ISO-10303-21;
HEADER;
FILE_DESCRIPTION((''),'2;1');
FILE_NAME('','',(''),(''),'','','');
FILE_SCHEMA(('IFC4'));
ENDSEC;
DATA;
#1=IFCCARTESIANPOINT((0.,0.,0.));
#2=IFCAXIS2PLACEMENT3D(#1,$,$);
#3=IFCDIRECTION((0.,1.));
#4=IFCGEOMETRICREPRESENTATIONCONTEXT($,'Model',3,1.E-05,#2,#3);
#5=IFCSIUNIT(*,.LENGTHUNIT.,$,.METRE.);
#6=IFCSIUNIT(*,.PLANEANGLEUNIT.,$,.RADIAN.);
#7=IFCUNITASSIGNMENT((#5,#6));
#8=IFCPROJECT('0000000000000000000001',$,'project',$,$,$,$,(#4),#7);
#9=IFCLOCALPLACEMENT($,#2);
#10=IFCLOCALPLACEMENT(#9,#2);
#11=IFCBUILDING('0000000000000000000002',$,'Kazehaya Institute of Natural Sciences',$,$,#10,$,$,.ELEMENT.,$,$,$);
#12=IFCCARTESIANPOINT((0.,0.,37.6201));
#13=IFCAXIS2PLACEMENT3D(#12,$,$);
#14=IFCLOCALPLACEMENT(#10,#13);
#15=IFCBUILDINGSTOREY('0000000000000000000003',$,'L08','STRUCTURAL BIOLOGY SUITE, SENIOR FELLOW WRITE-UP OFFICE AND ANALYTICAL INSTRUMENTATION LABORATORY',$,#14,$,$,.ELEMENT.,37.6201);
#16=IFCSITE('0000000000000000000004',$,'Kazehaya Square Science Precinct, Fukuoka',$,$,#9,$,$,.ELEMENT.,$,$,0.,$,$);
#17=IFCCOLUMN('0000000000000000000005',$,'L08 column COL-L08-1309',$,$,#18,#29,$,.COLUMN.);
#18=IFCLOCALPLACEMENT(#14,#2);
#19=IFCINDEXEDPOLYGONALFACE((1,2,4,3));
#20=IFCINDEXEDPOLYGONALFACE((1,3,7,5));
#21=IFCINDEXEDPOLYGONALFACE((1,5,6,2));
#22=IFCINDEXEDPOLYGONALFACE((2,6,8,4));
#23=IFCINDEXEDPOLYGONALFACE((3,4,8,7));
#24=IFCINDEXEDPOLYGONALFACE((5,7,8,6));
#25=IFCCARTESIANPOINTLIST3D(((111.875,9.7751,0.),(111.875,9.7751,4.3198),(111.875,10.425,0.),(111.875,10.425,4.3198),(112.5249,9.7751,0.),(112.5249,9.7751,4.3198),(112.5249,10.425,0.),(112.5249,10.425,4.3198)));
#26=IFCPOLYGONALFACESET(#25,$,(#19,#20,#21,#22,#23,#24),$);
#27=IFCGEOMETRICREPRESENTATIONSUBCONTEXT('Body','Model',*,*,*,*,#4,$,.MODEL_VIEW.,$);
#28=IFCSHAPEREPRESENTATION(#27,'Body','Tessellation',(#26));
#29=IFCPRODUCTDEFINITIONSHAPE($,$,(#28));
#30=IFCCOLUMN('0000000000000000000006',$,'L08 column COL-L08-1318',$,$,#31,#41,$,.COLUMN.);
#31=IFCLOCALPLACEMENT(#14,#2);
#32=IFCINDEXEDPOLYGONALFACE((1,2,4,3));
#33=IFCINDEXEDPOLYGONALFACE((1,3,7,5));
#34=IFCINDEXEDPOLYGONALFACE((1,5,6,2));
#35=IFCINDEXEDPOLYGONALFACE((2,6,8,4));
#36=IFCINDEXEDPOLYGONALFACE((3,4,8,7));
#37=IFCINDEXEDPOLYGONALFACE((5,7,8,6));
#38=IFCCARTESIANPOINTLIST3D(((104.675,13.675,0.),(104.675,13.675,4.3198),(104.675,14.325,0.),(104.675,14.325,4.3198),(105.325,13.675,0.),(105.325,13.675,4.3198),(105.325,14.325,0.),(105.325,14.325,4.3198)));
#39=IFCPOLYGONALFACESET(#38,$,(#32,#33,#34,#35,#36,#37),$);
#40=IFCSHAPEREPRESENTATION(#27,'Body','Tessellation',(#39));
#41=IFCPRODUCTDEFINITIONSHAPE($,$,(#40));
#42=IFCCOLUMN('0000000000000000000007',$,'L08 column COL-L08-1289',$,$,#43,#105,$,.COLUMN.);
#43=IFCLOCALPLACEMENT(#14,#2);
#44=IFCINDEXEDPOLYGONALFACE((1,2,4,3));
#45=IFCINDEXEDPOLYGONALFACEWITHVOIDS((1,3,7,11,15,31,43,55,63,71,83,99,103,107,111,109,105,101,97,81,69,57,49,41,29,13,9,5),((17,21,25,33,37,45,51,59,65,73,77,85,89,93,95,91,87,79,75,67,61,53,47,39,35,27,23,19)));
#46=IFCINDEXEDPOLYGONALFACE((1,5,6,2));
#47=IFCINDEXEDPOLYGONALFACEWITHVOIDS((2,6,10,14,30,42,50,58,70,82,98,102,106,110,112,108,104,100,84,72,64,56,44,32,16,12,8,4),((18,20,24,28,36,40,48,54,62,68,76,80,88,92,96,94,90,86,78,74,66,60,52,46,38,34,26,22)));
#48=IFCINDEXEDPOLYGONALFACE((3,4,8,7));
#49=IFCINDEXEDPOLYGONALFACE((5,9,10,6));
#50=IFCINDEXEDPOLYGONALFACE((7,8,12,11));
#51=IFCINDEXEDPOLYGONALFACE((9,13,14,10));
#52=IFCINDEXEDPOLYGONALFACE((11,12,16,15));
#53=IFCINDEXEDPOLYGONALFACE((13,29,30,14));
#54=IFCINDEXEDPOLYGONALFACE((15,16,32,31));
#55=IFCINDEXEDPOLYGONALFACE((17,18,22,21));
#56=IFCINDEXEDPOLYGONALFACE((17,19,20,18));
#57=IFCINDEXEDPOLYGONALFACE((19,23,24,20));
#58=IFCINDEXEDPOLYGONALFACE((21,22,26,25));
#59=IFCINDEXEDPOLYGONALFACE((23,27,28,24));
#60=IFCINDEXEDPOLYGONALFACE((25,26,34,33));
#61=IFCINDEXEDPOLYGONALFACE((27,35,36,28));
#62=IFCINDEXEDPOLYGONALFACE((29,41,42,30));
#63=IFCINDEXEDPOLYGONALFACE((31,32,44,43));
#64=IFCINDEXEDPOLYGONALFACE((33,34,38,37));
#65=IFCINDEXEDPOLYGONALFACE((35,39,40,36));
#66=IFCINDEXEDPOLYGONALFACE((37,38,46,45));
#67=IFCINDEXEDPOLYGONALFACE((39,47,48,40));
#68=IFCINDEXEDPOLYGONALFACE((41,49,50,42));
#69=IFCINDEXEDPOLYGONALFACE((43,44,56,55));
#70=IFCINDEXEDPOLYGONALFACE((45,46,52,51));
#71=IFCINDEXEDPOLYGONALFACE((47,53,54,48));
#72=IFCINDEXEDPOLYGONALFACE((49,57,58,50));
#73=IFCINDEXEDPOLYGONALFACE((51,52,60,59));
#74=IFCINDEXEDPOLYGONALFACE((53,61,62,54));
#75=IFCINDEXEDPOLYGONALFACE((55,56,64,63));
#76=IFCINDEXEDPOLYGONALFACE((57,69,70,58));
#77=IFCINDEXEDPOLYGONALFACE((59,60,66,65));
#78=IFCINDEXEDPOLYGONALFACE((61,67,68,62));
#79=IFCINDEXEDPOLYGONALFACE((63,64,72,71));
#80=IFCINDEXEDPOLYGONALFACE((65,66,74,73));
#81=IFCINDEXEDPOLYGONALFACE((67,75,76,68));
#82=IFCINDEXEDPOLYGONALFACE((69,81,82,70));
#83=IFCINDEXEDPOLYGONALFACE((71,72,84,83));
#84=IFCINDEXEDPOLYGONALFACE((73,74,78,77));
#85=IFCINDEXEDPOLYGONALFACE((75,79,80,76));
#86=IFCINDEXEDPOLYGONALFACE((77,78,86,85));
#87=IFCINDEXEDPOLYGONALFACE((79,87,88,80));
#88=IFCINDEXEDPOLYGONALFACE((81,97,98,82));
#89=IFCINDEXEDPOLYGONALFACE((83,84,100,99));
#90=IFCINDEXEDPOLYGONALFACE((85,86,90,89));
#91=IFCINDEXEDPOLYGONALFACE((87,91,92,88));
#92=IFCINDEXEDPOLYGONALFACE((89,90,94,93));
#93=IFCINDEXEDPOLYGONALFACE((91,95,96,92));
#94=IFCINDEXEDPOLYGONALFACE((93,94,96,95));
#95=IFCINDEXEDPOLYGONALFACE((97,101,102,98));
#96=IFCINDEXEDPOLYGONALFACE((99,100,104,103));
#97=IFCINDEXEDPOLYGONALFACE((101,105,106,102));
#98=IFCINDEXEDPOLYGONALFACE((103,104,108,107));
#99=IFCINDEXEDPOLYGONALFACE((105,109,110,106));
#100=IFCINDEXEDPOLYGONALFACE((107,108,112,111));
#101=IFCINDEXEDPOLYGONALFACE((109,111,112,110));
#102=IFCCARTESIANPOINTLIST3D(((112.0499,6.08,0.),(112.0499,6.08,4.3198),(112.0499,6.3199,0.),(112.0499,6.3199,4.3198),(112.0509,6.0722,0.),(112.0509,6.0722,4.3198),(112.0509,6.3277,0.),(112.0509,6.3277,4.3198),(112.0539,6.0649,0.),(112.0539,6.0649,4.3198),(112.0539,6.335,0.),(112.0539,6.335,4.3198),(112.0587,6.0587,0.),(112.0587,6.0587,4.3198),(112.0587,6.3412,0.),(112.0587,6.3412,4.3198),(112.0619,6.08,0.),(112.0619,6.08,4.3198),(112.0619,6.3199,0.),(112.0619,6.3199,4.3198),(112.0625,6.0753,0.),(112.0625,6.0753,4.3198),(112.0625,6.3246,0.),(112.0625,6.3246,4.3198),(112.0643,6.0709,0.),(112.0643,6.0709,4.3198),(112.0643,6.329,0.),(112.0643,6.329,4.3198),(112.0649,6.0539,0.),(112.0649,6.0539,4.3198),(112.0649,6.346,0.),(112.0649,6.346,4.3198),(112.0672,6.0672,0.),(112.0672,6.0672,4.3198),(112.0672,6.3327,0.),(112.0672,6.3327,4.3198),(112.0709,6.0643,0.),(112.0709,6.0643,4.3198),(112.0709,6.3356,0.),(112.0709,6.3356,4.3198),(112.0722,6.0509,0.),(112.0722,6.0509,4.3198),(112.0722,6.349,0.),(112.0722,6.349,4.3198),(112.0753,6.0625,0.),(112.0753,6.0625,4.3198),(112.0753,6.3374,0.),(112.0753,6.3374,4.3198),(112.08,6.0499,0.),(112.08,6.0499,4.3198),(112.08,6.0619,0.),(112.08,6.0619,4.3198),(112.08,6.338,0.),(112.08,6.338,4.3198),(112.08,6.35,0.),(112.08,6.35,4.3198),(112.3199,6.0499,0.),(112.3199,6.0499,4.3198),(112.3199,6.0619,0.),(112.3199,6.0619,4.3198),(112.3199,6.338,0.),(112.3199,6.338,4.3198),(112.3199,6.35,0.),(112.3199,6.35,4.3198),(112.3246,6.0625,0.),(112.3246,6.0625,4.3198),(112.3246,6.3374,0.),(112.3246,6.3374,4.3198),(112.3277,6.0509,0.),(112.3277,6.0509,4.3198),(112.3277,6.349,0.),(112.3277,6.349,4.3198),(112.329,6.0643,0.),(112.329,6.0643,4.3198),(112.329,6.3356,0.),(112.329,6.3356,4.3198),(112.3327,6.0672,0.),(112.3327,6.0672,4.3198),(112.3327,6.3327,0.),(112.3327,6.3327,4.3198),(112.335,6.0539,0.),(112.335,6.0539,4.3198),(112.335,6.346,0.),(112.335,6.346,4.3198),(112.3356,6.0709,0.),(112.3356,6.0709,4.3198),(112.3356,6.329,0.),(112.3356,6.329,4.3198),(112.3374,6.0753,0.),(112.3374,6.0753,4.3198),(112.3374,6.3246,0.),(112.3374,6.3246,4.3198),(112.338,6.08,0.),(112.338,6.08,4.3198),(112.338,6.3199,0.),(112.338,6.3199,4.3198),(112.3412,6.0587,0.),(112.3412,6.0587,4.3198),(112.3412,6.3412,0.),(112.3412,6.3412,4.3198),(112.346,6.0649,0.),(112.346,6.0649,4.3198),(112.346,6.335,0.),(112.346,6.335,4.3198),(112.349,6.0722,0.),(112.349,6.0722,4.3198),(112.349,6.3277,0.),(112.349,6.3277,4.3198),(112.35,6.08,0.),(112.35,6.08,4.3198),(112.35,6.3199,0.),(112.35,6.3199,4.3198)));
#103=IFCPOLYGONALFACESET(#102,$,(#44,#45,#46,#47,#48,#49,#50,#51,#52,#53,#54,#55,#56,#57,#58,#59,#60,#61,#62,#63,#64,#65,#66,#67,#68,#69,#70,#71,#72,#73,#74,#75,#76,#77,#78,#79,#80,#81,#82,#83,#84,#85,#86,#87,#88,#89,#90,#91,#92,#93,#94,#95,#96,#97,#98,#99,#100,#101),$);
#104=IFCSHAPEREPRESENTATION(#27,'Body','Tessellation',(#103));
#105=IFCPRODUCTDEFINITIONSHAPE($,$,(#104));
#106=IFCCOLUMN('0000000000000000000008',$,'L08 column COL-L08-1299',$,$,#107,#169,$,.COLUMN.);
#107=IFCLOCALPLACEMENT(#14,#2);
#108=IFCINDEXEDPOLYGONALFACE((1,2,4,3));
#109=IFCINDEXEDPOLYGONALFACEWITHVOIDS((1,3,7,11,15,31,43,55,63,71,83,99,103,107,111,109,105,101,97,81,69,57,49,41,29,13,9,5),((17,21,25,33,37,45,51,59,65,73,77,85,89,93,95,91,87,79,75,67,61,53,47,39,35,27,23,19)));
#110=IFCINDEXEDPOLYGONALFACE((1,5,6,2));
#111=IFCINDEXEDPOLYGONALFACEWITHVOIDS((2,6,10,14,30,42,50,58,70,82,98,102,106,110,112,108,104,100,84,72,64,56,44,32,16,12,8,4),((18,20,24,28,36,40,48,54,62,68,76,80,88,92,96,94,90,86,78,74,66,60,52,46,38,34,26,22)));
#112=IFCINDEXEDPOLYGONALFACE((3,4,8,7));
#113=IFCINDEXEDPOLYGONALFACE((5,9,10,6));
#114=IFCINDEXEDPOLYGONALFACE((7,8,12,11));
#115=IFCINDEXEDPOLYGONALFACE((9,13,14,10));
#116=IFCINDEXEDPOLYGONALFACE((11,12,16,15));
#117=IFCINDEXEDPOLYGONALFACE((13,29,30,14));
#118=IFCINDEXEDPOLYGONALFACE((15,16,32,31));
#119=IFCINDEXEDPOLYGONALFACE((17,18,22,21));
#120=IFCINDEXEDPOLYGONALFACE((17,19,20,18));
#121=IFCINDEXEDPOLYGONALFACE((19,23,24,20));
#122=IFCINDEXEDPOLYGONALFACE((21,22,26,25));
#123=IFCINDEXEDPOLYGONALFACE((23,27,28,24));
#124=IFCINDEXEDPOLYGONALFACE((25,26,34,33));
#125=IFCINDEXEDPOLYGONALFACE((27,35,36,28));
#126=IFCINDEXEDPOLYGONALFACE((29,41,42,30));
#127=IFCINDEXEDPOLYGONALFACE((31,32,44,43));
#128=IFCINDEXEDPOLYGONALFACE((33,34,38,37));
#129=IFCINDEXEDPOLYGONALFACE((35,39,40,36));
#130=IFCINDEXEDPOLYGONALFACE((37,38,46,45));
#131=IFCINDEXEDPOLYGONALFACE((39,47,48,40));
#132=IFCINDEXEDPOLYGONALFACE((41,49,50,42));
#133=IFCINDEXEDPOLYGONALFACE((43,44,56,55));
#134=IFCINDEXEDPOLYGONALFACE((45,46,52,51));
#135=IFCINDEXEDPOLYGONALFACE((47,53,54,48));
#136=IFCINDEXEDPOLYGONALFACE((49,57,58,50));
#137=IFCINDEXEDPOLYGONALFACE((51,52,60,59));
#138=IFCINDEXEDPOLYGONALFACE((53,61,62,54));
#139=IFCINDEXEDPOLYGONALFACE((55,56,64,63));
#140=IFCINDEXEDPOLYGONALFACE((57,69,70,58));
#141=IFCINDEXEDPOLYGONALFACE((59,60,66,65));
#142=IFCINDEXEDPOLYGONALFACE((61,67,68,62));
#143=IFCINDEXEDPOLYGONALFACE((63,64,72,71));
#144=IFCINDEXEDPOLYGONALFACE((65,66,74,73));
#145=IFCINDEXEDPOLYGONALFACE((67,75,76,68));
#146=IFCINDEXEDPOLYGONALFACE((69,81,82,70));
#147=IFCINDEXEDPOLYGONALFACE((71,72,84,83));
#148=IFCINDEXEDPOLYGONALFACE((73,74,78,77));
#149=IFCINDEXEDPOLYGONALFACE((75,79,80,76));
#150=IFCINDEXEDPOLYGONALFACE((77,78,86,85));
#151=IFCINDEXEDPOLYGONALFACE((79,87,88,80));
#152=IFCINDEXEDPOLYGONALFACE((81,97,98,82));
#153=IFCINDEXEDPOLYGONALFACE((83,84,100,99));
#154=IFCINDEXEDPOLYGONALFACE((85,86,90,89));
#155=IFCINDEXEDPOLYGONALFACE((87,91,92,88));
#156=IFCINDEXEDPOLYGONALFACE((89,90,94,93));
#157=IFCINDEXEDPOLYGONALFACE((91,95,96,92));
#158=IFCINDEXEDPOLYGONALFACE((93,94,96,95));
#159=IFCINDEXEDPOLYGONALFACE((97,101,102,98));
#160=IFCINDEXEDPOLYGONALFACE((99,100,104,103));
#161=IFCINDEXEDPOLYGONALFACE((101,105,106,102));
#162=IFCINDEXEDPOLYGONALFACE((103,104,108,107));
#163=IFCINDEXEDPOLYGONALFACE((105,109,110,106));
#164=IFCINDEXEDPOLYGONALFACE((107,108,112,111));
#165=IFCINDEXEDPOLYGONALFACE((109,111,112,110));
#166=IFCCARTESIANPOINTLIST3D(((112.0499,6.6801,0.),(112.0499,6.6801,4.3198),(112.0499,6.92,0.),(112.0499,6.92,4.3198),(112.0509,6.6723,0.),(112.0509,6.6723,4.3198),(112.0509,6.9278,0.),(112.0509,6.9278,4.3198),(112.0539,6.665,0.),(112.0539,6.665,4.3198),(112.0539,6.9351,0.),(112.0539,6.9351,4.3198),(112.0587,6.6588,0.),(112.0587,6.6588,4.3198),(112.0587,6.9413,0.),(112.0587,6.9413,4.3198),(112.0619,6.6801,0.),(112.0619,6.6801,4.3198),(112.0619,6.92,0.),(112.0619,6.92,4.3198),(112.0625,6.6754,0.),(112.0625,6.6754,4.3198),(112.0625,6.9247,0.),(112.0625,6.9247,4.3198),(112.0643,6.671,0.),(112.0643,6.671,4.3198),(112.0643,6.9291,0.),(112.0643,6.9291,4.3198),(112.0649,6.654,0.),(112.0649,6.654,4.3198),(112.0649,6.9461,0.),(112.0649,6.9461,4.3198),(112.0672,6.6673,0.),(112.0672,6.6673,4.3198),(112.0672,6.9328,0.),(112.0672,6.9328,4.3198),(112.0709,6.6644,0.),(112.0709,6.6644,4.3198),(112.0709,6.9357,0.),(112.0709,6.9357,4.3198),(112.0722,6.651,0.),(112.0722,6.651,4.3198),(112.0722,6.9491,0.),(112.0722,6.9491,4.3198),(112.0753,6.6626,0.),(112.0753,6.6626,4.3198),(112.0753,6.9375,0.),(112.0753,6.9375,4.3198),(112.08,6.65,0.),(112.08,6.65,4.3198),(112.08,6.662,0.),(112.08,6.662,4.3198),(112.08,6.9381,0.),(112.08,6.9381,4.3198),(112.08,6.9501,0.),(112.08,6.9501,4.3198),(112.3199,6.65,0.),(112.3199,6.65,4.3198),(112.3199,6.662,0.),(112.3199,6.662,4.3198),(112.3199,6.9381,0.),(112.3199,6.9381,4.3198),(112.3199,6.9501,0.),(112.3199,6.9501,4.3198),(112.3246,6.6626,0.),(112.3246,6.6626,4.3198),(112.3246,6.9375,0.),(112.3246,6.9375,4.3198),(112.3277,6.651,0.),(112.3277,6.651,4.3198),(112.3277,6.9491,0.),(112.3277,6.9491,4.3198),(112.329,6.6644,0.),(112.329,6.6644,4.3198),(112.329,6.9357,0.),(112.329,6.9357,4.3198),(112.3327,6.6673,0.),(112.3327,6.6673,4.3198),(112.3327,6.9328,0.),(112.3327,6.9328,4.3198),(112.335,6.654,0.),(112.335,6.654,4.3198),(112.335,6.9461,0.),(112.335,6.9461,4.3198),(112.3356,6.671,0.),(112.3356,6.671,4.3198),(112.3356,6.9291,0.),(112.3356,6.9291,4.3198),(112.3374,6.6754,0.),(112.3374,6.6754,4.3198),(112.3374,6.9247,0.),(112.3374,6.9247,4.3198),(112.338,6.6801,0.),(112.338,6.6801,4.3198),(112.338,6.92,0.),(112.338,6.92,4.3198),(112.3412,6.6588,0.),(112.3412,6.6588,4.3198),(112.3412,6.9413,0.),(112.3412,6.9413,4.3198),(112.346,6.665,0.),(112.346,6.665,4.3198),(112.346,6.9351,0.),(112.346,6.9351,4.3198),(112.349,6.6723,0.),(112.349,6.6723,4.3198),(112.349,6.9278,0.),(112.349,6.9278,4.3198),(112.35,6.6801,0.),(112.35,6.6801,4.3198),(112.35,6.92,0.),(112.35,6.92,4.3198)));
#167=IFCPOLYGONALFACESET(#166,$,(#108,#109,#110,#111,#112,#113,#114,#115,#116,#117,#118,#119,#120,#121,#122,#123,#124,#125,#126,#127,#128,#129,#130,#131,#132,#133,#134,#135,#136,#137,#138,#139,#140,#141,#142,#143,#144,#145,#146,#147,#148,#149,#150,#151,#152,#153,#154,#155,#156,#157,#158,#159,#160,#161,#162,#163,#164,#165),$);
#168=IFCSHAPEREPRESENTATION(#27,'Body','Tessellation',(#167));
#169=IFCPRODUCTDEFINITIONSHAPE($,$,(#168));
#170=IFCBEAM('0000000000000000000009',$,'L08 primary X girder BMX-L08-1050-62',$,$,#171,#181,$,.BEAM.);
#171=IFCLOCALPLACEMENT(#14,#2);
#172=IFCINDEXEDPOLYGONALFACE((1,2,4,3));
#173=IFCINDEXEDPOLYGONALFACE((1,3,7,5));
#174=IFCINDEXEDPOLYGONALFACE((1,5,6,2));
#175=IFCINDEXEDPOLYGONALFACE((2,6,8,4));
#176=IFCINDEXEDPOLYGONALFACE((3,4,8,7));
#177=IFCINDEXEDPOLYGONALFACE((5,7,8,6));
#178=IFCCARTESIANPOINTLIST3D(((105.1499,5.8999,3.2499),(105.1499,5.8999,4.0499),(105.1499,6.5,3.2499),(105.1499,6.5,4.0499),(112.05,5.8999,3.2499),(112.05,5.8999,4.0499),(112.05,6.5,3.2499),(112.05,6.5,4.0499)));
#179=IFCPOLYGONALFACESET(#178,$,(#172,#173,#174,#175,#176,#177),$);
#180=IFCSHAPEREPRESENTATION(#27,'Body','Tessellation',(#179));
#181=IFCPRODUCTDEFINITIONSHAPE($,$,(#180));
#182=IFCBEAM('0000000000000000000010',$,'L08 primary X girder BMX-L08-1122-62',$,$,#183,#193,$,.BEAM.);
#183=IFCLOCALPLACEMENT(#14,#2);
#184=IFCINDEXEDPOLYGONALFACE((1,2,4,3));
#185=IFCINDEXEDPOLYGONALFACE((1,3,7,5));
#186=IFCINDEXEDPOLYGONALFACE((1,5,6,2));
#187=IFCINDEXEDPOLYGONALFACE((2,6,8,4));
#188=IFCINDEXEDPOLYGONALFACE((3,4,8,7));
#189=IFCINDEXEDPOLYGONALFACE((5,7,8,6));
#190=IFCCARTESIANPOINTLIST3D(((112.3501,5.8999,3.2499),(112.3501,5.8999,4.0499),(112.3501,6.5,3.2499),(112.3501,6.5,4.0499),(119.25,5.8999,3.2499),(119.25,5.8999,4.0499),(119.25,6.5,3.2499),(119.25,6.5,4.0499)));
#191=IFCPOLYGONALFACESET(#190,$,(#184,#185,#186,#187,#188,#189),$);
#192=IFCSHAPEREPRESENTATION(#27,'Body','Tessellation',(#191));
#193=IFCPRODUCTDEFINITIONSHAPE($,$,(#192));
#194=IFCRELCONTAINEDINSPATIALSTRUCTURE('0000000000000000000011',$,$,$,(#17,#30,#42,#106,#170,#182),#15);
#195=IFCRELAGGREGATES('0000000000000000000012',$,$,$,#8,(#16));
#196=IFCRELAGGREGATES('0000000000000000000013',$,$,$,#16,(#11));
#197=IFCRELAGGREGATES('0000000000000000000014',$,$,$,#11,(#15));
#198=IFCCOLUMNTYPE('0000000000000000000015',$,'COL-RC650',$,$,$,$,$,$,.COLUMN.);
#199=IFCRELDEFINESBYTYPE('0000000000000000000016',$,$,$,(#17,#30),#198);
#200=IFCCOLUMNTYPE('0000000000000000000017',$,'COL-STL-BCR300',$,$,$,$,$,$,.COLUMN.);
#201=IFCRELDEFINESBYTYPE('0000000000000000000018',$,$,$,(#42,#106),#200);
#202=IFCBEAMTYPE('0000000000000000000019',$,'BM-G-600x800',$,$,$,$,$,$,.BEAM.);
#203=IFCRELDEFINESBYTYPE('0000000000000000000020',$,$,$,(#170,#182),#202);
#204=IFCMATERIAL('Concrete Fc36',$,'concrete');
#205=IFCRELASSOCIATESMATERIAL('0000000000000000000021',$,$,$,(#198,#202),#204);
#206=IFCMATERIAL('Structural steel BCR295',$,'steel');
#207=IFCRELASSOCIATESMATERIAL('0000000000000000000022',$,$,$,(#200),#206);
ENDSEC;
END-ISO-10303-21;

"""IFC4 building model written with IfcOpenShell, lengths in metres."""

from ifc_helpers import new_model, si_unit, direction, frame, origin, origin_2d, place, context, subcontext, project, spatial, rectangle, hollow_rectangle, extrude, material, material_profile, profile_set, type_object, element, save


model = new_model("IFC4")

# Units and contexts
model_context = context("Model", 3, precision=1e-05, world=origin(), true_north=direction((0.0, 1.0)))
body_context = subcontext(model_context, "Body", "Model", "MODEL_VIEW")
ifc_project = project(units=[si_unit("LENGTHUNIT", "METRE"), si_unit("PLANEANGLEUNIT", "RADIAN")], contexts=[model_context])

# Site, building, storey
site_placement = place(None, origin())
site = spatial("IfcSite", under=ifc_project, at=site_placement, Name="Kazehaya Square Science Precinct, Fukuoka", CompositionType="ELEMENT", RefElevation=0.0)
building_placement = place(site_placement, origin())
building = spatial("IfcBuilding", under=site, at=building_placement, Name="Kazehaya Institute of Natural Sciences", CompositionType="ELEMENT")
storey_placement = place(building_placement, frame((0.0, 0.0, 37.6201)))
storey = spatial("IfcBuildingStorey", under=building, at=storey_placement, Name="L08", Description="STRUCTURAL BIOLOGY SUITE, SENIOR FELLOW WRITE-UP OFFICE AND ANALYTICAL INSTRUMENTATION LABORATORY", CompositionType="ELEMENT", Elevation=37.6201)

# Columns
ifc_material_1 = material(Name="Concrete Fc36", Category="concrete")
ifc_material_profile_1 = material_profile(ifc_material_1, rectangle(XDim=0.6499, YDim=0.6499, at=origin_2d()), Name="RC-650x650")
ifc_profile_set_1 = profile_set([ifc_material_profile_1], Name="Concrete Fc36")
column_type_1 = type_object("IfcColumnType", Name="COL-RC650", PredefinedType="COLUMN", material=ifc_profile_set_1)
for number, where, z_axis, x_axis, name in (
    (1, (112.2, 10.1001, 0.0), (0.0, 0.0, 1.0), (1.0, 0.0, 0.0), "L08 column COL-L08-1309"),
    (2, (105.0, 14.0, 0.0), (0.0, 0.0, 1.0), (1.0, 0.0, 0.0), "L08 column COL-L08-1318"),
):
    element("IfcColumn", number, at=place(storey_placement, frame(where, z_axis=z_axis, x_axis=x_axis)), inside=storey, type_object=column_type_1, Name=name, PredefinedType="COLUMN", context=body_context, shape_type="SweptSolid", body=[
        extrude(rectangle(XDim=0.6499, YDim=0.6499, at=origin_2d()), origin(), (0.0, 0.0, 1.0), 4.3198),
    ])
ifc_material_2 = material(Name="Structural steel BCR295", Category="steel")
ifc_material_profile_2 = material_profile(ifc_material_2, hollow_rectangle(XDim=0.3, YDim=0.3, WallThickness=0.012, InnerFilletRadius=0.0181, OuterFilletRadius=0.03, at=origin_2d()), Name="BCR-300x300x12")
ifc_profile_set_2 = profile_set([ifc_material_profile_2], Name="Structural steel BCR295")
column_type_2 = type_object("IfcColumnType", Name="COL-STL-BCR300", PredefinedType="COLUMN", material=ifc_profile_set_2)
for number, where, z_axis, x_axis, name in (
    (3, (112.2, 6.2, 0.0), (0.0, 0.0, 1.0), (1.0, 0.0, 0.0), "L08 column COL-L08-1289"),
    (4, (112.2, 6.8, 0.0), (0.0, 0.0, 1.0), (1.0, 0.0, 0.0), "L08 column COL-L08-1299"),
):
    element("IfcColumn", number, at=place(storey_placement, frame(where, z_axis=z_axis, x_axis=x_axis)), inside=storey, type_object=column_type_2, Name=name, PredefinedType="COLUMN", context=body_context, shape_type="SweptSolid", body=[
        extrude(hollow_rectangle(XDim=0.3, YDim=0.3, WallThickness=0.012, InnerFilletRadius=0.0181, OuterFilletRadius=0.03, at=origin_2d()), origin(), (0.0, 0.0, 1.0), 4.3198),
    ])

# Beams
ifc_material_profile_3 = material_profile(ifc_material_1, rectangle(XDim=0.6001, YDim=0.8, at=origin_2d()), Name="RC-600x800")
ifc_profile_set_3 = profile_set([ifc_material_profile_3], Name="Concrete Fc36")
beam_type = type_object("IfcBeamType", Name="BM-G-600x800", PredefinedType="BEAM", material=ifc_profile_set_3)
beam_1_placement = place(storey_placement, frame((105.1499, 6.2, 3.6499), z_axis=(1.0, 0.0, 0.0), x_axis=(0.0, 1.0, 0.0)))
element("IfcBeam", 5, at=beam_1_placement, inside=storey, type_object=beam_type, Name="L08 primary X girder BMX-L08-1050-62", PredefinedType="BEAM", context=body_context, shape_type="SweptSolid", body=[
    extrude(rectangle(XDim=0.6001, YDim=0.8, at=origin_2d()), origin(), (0.0, 0.0, 1.0), 6.9001),
])
beam_2_placement = place(storey_placement, frame((112.3501, 6.2, 3.6499), z_axis=(1.0, 0.0, 0.0), x_axis=(0.0, 1.0, 0.0)))
element("IfcBeam", 6, at=beam_2_placement, inside=storey, type_object=beam_type, Name="L08 primary X girder BMX-L08-1122-62", PredefinedType="BEAM", context=body_context, shape_type="SweptSolid", body=[
    extrude(rectangle(XDim=0.6001, YDim=0.8, at=origin_2d()), origin(), (0.0, 0.0, 1.0), 6.8999),
])

save(model, "model.ifc")
